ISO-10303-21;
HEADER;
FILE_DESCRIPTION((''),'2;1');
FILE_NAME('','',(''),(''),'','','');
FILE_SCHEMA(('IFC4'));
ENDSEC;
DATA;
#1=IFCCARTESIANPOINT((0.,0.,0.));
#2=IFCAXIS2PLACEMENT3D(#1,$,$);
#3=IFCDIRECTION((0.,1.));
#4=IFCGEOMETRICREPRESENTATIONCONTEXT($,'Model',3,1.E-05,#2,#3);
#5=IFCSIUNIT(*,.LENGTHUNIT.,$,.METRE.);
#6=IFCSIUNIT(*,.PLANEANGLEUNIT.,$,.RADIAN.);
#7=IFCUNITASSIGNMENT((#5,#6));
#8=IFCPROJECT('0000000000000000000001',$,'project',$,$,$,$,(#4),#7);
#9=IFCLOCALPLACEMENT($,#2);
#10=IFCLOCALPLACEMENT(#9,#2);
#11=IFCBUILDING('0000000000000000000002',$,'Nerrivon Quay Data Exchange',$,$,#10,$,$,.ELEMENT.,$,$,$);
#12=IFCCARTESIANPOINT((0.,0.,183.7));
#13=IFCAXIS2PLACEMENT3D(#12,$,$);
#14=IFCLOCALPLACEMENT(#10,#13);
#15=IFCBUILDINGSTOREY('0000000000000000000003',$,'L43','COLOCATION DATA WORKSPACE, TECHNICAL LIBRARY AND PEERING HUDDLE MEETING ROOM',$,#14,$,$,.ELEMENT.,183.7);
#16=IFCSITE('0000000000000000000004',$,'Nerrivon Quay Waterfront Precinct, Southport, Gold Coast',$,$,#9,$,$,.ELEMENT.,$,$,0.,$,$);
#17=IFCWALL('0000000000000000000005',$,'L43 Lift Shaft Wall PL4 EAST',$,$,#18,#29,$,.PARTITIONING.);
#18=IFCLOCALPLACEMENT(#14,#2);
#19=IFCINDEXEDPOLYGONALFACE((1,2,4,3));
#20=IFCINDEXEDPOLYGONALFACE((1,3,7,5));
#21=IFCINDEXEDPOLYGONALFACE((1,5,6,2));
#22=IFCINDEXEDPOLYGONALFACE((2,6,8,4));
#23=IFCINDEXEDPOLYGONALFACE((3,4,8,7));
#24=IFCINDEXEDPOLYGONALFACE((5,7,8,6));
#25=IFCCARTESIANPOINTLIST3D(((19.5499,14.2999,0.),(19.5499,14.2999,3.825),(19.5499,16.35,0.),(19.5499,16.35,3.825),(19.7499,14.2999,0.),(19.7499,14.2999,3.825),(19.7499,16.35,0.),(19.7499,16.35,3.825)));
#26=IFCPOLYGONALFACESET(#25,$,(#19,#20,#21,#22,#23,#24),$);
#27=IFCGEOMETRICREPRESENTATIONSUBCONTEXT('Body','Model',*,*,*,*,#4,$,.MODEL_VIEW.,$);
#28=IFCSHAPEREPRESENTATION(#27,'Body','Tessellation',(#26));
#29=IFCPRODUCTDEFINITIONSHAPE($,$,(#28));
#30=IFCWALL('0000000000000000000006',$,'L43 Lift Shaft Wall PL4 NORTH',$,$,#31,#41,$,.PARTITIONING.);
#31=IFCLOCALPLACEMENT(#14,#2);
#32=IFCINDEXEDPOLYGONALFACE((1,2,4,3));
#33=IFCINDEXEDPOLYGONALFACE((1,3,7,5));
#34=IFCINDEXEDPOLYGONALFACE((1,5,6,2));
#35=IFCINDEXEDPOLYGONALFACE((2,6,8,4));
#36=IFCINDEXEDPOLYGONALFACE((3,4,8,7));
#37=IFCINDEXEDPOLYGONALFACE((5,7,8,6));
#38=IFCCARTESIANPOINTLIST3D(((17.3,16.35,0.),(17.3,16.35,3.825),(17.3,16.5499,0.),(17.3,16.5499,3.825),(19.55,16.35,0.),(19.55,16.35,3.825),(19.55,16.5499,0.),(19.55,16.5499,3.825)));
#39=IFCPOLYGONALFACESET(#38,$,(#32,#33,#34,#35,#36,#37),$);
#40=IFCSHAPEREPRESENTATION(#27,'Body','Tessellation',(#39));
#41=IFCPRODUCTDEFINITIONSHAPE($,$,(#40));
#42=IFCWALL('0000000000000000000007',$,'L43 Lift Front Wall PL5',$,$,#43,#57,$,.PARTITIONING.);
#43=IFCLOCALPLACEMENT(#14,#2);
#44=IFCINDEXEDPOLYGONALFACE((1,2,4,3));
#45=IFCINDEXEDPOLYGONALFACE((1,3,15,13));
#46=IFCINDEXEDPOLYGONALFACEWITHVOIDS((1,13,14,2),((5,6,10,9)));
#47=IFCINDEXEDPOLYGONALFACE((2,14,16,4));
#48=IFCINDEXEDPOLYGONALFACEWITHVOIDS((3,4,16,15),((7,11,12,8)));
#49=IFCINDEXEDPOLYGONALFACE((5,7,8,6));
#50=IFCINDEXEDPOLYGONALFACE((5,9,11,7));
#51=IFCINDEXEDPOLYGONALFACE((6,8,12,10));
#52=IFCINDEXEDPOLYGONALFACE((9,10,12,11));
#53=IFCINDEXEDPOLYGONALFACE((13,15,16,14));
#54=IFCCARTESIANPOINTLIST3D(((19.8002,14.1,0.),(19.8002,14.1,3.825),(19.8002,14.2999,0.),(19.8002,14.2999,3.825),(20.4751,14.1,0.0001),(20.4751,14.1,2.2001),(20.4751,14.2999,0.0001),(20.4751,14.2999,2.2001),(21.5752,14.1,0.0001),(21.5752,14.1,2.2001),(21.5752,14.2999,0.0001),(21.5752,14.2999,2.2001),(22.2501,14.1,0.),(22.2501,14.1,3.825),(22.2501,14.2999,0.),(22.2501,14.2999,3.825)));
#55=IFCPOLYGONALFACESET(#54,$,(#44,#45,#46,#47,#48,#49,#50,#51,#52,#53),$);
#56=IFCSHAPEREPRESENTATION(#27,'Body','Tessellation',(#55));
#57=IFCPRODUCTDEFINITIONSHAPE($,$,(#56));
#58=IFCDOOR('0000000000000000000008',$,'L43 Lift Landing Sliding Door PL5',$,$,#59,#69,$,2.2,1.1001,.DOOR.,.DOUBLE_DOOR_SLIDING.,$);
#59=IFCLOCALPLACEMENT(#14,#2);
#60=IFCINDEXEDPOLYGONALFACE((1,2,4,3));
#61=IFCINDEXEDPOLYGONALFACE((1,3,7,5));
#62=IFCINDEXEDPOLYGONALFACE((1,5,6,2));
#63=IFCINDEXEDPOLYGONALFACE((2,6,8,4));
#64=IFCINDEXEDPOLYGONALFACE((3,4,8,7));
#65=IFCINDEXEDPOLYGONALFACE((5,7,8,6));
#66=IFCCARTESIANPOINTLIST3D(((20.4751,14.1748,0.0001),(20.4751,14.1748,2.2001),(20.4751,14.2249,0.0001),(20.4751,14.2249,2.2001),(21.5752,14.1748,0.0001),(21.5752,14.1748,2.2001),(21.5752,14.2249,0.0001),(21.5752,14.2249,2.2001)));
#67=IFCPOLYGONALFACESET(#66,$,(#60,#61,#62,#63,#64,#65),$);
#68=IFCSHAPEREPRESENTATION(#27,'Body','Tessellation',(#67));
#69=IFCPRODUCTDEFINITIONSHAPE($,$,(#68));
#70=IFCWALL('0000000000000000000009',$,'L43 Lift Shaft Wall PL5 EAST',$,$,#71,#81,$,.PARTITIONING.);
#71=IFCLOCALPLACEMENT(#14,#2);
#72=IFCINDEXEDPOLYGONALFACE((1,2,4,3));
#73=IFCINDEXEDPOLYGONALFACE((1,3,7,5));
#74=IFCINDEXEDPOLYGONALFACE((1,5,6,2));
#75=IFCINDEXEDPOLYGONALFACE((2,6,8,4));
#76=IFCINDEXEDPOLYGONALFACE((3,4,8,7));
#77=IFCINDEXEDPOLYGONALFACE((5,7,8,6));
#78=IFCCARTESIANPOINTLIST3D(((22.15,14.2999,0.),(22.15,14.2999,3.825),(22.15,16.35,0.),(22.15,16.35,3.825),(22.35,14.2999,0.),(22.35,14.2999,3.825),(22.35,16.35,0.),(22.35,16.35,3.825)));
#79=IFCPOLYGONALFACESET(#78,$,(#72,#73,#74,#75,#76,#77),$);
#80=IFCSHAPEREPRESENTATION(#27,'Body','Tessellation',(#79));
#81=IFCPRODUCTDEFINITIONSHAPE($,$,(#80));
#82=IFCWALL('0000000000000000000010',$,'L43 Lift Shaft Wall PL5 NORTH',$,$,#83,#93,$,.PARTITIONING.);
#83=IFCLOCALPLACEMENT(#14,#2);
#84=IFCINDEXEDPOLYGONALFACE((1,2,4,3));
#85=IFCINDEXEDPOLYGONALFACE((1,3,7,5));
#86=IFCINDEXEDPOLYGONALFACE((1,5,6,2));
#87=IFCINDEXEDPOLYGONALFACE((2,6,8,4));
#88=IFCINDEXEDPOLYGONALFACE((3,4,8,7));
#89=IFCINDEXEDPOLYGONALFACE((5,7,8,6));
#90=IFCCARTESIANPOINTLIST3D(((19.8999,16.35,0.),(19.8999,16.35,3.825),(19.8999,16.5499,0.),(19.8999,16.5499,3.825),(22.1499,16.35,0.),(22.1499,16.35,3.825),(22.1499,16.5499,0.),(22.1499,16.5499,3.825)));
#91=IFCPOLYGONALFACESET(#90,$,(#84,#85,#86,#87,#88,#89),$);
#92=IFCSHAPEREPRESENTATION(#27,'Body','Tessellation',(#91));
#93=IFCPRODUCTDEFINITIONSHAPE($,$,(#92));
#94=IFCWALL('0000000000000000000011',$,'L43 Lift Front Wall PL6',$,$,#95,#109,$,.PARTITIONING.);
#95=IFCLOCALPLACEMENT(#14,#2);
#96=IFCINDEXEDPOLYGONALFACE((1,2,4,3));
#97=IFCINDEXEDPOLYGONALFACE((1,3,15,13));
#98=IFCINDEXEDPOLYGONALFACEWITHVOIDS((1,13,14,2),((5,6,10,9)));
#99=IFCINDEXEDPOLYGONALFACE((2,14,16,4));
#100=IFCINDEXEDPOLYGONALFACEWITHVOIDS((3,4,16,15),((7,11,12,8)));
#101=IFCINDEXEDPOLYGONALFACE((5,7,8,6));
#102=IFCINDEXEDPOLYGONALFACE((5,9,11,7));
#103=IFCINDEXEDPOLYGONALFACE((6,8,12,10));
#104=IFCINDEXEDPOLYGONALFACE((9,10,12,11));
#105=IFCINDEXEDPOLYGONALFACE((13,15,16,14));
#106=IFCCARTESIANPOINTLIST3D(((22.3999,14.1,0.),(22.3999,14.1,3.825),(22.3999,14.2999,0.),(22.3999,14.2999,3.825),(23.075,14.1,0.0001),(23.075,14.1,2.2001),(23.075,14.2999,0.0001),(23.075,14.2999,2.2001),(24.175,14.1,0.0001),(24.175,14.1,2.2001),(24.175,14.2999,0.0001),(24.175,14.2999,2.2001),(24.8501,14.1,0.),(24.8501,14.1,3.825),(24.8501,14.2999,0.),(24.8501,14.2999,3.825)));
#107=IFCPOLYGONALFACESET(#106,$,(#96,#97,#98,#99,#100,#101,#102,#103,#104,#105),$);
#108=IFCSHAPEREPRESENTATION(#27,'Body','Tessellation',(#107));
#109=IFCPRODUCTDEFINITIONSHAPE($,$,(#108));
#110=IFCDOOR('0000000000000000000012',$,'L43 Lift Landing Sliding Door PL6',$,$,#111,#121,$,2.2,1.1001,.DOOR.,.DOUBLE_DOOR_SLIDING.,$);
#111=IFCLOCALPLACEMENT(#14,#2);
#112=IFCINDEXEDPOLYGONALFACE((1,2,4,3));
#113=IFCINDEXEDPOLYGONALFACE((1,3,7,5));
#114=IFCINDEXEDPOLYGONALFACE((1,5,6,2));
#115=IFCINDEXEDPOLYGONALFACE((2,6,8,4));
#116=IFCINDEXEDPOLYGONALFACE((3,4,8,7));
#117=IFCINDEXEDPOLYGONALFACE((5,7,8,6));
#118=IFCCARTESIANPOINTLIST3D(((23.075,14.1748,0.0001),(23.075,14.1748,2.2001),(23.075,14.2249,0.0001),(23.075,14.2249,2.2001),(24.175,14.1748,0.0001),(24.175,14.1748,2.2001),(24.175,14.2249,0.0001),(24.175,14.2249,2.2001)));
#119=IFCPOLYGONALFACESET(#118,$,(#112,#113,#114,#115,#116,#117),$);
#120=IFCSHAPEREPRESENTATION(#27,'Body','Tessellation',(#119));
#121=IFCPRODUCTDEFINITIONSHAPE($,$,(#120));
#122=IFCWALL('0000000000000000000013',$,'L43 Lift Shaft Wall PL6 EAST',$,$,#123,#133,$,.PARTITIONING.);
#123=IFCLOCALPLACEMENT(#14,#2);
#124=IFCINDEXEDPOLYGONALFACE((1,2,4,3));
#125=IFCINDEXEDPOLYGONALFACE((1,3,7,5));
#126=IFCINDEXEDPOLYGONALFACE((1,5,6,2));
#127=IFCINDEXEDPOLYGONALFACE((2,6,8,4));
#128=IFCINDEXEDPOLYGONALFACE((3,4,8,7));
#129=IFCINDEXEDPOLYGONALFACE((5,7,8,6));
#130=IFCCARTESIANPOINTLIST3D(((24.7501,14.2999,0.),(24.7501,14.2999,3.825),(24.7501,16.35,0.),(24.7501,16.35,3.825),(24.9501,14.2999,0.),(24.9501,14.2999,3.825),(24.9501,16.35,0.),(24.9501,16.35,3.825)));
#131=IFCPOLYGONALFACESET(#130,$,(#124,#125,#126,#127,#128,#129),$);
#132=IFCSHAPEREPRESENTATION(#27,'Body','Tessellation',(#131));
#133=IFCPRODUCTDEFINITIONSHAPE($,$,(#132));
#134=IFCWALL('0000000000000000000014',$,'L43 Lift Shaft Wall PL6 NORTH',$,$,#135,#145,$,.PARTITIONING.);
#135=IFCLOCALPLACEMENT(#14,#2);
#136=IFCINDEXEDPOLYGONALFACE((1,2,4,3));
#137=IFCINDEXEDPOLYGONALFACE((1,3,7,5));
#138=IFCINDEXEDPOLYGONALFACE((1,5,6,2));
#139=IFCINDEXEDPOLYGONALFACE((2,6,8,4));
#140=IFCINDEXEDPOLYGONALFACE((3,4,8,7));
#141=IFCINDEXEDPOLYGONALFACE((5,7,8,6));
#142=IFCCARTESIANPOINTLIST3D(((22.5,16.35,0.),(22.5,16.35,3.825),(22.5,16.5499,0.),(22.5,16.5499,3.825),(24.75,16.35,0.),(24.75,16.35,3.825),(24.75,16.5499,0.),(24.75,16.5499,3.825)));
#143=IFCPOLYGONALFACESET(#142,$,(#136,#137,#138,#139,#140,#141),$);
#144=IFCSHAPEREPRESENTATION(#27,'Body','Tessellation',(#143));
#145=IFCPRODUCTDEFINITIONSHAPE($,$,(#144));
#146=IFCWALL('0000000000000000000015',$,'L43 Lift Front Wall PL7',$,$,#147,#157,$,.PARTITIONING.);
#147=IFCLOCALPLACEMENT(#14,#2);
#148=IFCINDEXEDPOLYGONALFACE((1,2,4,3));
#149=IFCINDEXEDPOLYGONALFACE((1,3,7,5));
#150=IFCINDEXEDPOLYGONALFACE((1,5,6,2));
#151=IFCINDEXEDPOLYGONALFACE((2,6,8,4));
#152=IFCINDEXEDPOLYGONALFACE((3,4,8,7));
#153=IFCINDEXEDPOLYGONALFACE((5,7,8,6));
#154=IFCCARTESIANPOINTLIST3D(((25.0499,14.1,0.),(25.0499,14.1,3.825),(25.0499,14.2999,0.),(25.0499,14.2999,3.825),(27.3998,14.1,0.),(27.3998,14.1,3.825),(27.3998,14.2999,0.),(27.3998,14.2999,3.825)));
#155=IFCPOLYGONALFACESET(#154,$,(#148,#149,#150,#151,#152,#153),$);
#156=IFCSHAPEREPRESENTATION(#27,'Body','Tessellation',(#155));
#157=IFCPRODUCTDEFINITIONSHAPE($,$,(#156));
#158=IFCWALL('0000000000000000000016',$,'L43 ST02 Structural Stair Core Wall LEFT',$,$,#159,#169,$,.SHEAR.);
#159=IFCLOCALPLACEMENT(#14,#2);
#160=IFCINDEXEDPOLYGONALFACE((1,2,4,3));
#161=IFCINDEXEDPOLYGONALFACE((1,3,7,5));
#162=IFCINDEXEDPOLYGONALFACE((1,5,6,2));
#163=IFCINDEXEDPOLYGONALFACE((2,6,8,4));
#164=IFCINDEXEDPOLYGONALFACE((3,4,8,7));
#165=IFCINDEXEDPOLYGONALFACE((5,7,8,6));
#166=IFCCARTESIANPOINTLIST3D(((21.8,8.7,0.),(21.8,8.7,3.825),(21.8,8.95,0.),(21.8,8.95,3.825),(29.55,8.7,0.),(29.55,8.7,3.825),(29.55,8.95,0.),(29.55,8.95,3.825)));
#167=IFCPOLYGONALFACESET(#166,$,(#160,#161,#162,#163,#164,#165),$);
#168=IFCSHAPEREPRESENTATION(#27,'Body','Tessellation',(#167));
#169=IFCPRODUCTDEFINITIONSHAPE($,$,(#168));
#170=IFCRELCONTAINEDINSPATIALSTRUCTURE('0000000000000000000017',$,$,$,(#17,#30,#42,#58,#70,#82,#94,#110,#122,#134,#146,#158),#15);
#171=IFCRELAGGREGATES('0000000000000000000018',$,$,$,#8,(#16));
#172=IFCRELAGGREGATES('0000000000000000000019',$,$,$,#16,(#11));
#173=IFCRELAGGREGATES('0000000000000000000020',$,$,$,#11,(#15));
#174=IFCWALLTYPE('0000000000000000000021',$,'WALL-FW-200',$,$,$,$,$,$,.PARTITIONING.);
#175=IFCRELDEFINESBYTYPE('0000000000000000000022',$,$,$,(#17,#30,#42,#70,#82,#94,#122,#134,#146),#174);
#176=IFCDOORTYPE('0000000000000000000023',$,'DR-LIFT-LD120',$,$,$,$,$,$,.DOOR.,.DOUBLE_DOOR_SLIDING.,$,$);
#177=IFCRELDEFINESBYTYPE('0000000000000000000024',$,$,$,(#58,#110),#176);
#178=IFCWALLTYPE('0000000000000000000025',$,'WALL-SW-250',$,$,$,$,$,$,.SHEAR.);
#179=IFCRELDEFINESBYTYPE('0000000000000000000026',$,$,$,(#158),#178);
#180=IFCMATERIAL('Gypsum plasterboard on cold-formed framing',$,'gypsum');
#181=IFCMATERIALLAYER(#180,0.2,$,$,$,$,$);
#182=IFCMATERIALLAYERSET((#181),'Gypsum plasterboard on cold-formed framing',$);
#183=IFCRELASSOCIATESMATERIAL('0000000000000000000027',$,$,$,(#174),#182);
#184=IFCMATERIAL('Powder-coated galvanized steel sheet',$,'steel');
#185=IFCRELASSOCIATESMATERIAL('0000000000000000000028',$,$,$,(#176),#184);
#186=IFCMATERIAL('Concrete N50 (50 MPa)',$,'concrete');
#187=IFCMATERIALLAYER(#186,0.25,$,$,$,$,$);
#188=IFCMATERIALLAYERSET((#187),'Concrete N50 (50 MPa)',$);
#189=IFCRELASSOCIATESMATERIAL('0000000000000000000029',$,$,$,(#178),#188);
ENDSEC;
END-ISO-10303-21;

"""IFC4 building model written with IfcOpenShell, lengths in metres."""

from ifc_helpers import new_model, si_unit, direction, frame, frame_2d, origin, place, context, subcontext, project, spatial, rectangle, extrude, material, layer, layer_set, type_object, element, fill, save


model = new_model("IFC4")

# Units and contexts
model_context = context("Model", 3, precision=1e-05, world=origin(), true_north=direction((0.0, 1.0)))
body_context = subcontext(model_context, "Body", "Model", "MODEL_VIEW")
ifc_project = project(units=[si_unit("LENGTHUNIT", "METRE"), si_unit("PLANEANGLEUNIT", "RADIAN")], contexts=[model_context])

# Site, building, storey
site_placement = place(None, origin())
site = spatial("IfcSite", under=ifc_project, at=site_placement, Name="Nerrivon Quay Waterfront Precinct, Southport, Gold Coast", CompositionType="ELEMENT", RefElevation=0.0)
building_placement = place(site_placement, origin())
building = spatial("IfcBuilding", under=site, at=building_placement, Name="Nerrivon Quay Data Exchange", CompositionType="ELEMENT")
storey_placement = place(building_placement, frame((0.0, 0.0, 183.7)))
storey = spatial("IfcBuildingStorey", under=building, at=storey_placement, Name="L43", Description="COLOCATION DATA WORKSPACE, TECHNICAL LIBRARY AND PEERING HUDDLE MEETING ROOM", CompositionType="ELEMENT", Elevation=183.7)

# Shared definitions
ifc_material_1 = material(Name="Concrete N50 (50 MPa)", Category="concrete")

# Shared definitions
ifc_material_2 = material(Name="Powder-coated galvanized steel sheet", Category="steel")

# Shared definitions
ifc_material_3 = material(Name="Gypsum plasterboard on cold-formed framing", Category="gypsum")
ifc_layer_1 = layer(ifc_material_3, 0.2)
ifc_layer_set_1 = layer_set([ifc_layer_1], Name="Gypsum plasterboard on cold-formed framing")
wall_type_1 = type_object("IfcWallType", Name="WALL-FW-200", PredefinedType="PARTITIONING", material=ifc_layer_set_1)

# Shared definitions
door_type_1 = type_object("IfcDoorType", Name="DR-LIFT-LD120", OperationType="DOUBLE_DOOR_SLIDING", PredefinedType="DOOR", material=ifc_material_2)

# Walls
wall_1_placement = place(storey_placement, frame((19.6499, 14.3, 0.0), z_axis=(0.0, 0.0, 1.0), x_axis=(0.0, 1.0, 0.0)))
element("IfcWall", 1, at=wall_1_placement, inside=storey, type_object=wall_type_1, Name="L43 Lift Shaft Wall PL4 EAST", PredefinedType="PARTITIONING", context=body_context, shape_type="SweptSolid", body=[
    extrude(rectangle(XDim=2.05, YDim=0.2, at=frame_2d((1.0249, 0.0))), origin(), (0.0, 0.0, 1.0), 3.825),
])
wall_2_placement = place(storey_placement, frame((17.3, 16.45, 0.0), z_axis=(0.0, 0.0, 1.0), x_axis=(1.0, 0.0, 0.0)))
element("IfcWall", 2, at=wall_2_placement, inside=storey, type_object=wall_type_1, Name="L43 Lift Shaft Wall PL4 NORTH", PredefinedType="PARTITIONING", context=body_context, shape_type="SweptSolid", body=[
    extrude(rectangle(XDim=2.25, YDim=0.2, at=frame_2d((1.125, 0.0))), origin(), (0.0, 0.0, 1.0), 3.825),
])

# Wall, opening, door
wall_3_placement = place(storey_placement, frame((19.8, 14.2, 0.0), z_axis=(0.0, 0.0, 1.0), x_axis=(1.0, 0.0, 0.0)))
wall_3 = element("IfcWall", 3, at=wall_3_placement, inside=storey, type_object=wall_type_1, Name="L43 Lift Front Wall PL5", PredefinedType="PARTITIONING", context=body_context, shape_type="SweptSolid", body=[
    extrude(rectangle(XDim=2.45, YDim=0.2, at=frame_2d((1.2251, 0.0))), origin(), (0.0, 0.0, 1.0), 3.825),
])
opening_1_placement = place(wall_3_placement, frame((0.675, 0.0, 0.0)))
opening_1 = element("IfcOpeningElement", 4, at=opening_1_placement, cuts=wall_3, PredefinedType="OPENING", context=body_context, shape_type="SweptSolid", body=[
    extrude(rectangle(XDim=1.1001, YDim=2.2, at=frame_2d((0.55, 1.1001))), frame((0.0, 0.1099, 0.0), z_axis=(0.0, -1.0, 0.0), x_axis=(1.0, 0.0, 0.0)), (0.0, 0.0, 1.0), 0.22),
])
door_1_placement = place(opening_1_placement, origin())
door_1 = element("IfcDoor", 5, at=door_1_placement, inside=storey, type_object=door_type_1, Name="L43 Lift Landing Sliding Door PL5", OperationType="DOUBLE_DOOR_SLIDING", OverallHeight=2.2, OverallWidth=1.1001, PredefinedType="DOOR", context=body_context, shape_type="SweptSolid", body=[
    extrude(rectangle(XDim=1.1001, YDim=2.2, at=frame_2d((0.55, 1.1001))), frame((0.0, 0.0249, 0.0), z_axis=(0.0, -1.0, 0.0), x_axis=(1.0, 0.0, 0.0)), (0.0, 0.0, 1.0), 0.05),
])
fill(opening_1, door_1)

# Walls
wall_4_placement = place(storey_placement, frame((22.25, 14.3, 0.0), z_axis=(0.0, 0.0, 1.0), x_axis=(0.0, 1.0, 0.0)))
element("IfcWall", 6, at=wall_4_placement, inside=storey, type_object=wall_type_1, Name="L43 Lift Shaft Wall PL5 EAST", PredefinedType="PARTITIONING", context=body_context, shape_type="SweptSolid", body=[
    extrude(rectangle(XDim=2.05, YDim=0.2, at=frame_2d((1.0249, 0.0))), origin(), (0.0, 0.0, 1.0), 3.825),
])
wall_5_placement = place(storey_placement, frame((19.8999, 16.45, 0.0), z_axis=(0.0, 0.0, 1.0), x_axis=(1.0, 0.0, 0.0)))
element("IfcWall", 7, at=wall_5_placement, inside=storey, type_object=wall_type_1, Name="L43 Lift Shaft Wall PL5 NORTH", PredefinedType="PARTITIONING", context=body_context, shape_type="SweptSolid", body=[
    extrude(rectangle(XDim=2.25, YDim=0.2, at=frame_2d((1.125, 0.0))), origin(), (0.0, 0.0, 1.0), 3.825),
])

# Wall, opening, door
wall_6_placement = place(storey_placement, frame((22.3999, 14.2, 0.0), z_axis=(0.0, 0.0, 1.0), x_axis=(1.0, 0.0, 0.0)))
wall_6 = element("IfcWall", 8, at=wall_6_placement, inside=storey, type_object=wall_type_1, Name="L43 Lift Front Wall PL6", PredefinedType="PARTITIONING", context=body_context, shape_type="SweptSolid", body=[
    extrude(rectangle(XDim=2.4502, YDim=0.2, at=frame_2d((1.2251, 0.0))), origin(), (0.0, 0.0, 1.0), 3.825),
])
opening_2_placement = place(wall_6_placement, frame((0.675, 0.0, 0.0)))
opening_2 = element("IfcOpeningElement", 9, at=opening_2_placement, cuts=wall_6, PredefinedType="OPENING", context=body_context, shape_type="SweptSolid", body=[
    extrude(rectangle(XDim=1.1001, YDim=2.2, at=frame_2d((0.55, 1.1001))), frame((0.0, 0.1099, 0.0), z_axis=(0.0, -1.0, 0.0), x_axis=(1.0, 0.0, 0.0)), (0.0, 0.0, 1.0), 0.22),
])
door_2_placement = place(opening_2_placement, origin())
door_2 = element("IfcDoor", 10, at=door_2_placement, inside=storey, type_object=door_type_1, Name="L43 Lift Landing Sliding Door PL6", OperationType="DOUBLE_DOOR_SLIDING", OverallHeight=2.2, OverallWidth=1.1001, PredefinedType="DOOR", context=body_context, shape_type="SweptSolid", body=[
    extrude(rectangle(XDim=1.1001, YDim=2.2, at=frame_2d((0.55, 1.1001))), frame((0.0, 0.0249, 0.0), z_axis=(0.0, -1.0, 0.0), x_axis=(1.0, 0.0, 0.0)), (0.0, 0.0, 1.0), 0.05),
])
fill(opening_2, door_2)

# Walls
wall_7_placement = place(storey_placement, frame((24.8501, 14.3, 0.0), z_axis=(0.0, 0.0, 1.0), x_axis=(0.0, 1.0, 0.0)))
element("IfcWall", 11, at=wall_7_placement, inside=storey, type_object=wall_type_1, Name="L43 Lift Shaft Wall PL6 EAST", PredefinedType="PARTITIONING", context=body_context, shape_type="SweptSolid", body=[
    extrude(rectangle(XDim=2.05, YDim=0.2, at=frame_2d((1.0249, 0.0))), origin(), (0.0, 0.0, 1.0), 3.825),
])
wall_8_placement = place(storey_placement, frame((22.5, 16.45, 0.0), z_axis=(0.0, 0.0, 1.0), x_axis=(1.0, 0.0, 0.0)))
element("IfcWall", 12, at=wall_8_placement, inside=storey, type_object=wall_type_1, Name="L43 Lift Shaft Wall PL6 NORTH", PredefinedType="PARTITIONING", context=body_context, shape_type="SweptSolid", body=[
    extrude(rectangle(XDim=2.25, YDim=0.2, at=frame_2d((1.125, 0.0))), origin(), (0.0, 0.0, 1.0), 3.825),
])
wall_9_placement = place(storey_placement, frame((25.05, 14.2, 0.0), z_axis=(0.0, 0.0, 1.0), x_axis=(1.0, 0.0, 0.0)))
element("IfcWall", 13, at=wall_9_placement, inside=storey, type_object=wall_type_1, Name="L43 Lift Front Wall PL7", PredefinedType="PARTITIONING", context=body_context, shape_type="SweptSolid", body=[
    extrude(rectangle(XDim=2.3499, YDim=0.2, at=frame_2d((1.1748, 0.0))), origin(), (0.0, 0.0, 1.0), 3.825),
])
ifc_layer_2 = layer(ifc_material_1, 0.25)
ifc_layer_set_2 = layer_set([ifc_layer_2], Name="Concrete N50 (50 MPa)")
wall_type_2 = type_object("IfcWallType", Name="WALL-SW-250", PredefinedType="SHEAR", material=ifc_layer_set_2)
wall_10_placement = place(storey_placement, frame((21.8, 8.825, 0.0), z_axis=(0.0, 0.0, 1.0), x_axis=(1.0, 0.0, 0.0)))
element("IfcWall", 14, at=wall_10_placement, inside=storey, type_object=wall_type_2, Name="L43 ST02 Structural Stair Core Wall LEFT", PredefinedType="SHEAR", context=body_context, shape_type="SweptSolid", body=[
    extrude(rectangle(XDim=7.75, YDim=0.25, at=frame_2d((3.875, 0.0))), origin(), (0.0, 0.0, 1.0), 3.825),
])

save(model, "model.ifc")
